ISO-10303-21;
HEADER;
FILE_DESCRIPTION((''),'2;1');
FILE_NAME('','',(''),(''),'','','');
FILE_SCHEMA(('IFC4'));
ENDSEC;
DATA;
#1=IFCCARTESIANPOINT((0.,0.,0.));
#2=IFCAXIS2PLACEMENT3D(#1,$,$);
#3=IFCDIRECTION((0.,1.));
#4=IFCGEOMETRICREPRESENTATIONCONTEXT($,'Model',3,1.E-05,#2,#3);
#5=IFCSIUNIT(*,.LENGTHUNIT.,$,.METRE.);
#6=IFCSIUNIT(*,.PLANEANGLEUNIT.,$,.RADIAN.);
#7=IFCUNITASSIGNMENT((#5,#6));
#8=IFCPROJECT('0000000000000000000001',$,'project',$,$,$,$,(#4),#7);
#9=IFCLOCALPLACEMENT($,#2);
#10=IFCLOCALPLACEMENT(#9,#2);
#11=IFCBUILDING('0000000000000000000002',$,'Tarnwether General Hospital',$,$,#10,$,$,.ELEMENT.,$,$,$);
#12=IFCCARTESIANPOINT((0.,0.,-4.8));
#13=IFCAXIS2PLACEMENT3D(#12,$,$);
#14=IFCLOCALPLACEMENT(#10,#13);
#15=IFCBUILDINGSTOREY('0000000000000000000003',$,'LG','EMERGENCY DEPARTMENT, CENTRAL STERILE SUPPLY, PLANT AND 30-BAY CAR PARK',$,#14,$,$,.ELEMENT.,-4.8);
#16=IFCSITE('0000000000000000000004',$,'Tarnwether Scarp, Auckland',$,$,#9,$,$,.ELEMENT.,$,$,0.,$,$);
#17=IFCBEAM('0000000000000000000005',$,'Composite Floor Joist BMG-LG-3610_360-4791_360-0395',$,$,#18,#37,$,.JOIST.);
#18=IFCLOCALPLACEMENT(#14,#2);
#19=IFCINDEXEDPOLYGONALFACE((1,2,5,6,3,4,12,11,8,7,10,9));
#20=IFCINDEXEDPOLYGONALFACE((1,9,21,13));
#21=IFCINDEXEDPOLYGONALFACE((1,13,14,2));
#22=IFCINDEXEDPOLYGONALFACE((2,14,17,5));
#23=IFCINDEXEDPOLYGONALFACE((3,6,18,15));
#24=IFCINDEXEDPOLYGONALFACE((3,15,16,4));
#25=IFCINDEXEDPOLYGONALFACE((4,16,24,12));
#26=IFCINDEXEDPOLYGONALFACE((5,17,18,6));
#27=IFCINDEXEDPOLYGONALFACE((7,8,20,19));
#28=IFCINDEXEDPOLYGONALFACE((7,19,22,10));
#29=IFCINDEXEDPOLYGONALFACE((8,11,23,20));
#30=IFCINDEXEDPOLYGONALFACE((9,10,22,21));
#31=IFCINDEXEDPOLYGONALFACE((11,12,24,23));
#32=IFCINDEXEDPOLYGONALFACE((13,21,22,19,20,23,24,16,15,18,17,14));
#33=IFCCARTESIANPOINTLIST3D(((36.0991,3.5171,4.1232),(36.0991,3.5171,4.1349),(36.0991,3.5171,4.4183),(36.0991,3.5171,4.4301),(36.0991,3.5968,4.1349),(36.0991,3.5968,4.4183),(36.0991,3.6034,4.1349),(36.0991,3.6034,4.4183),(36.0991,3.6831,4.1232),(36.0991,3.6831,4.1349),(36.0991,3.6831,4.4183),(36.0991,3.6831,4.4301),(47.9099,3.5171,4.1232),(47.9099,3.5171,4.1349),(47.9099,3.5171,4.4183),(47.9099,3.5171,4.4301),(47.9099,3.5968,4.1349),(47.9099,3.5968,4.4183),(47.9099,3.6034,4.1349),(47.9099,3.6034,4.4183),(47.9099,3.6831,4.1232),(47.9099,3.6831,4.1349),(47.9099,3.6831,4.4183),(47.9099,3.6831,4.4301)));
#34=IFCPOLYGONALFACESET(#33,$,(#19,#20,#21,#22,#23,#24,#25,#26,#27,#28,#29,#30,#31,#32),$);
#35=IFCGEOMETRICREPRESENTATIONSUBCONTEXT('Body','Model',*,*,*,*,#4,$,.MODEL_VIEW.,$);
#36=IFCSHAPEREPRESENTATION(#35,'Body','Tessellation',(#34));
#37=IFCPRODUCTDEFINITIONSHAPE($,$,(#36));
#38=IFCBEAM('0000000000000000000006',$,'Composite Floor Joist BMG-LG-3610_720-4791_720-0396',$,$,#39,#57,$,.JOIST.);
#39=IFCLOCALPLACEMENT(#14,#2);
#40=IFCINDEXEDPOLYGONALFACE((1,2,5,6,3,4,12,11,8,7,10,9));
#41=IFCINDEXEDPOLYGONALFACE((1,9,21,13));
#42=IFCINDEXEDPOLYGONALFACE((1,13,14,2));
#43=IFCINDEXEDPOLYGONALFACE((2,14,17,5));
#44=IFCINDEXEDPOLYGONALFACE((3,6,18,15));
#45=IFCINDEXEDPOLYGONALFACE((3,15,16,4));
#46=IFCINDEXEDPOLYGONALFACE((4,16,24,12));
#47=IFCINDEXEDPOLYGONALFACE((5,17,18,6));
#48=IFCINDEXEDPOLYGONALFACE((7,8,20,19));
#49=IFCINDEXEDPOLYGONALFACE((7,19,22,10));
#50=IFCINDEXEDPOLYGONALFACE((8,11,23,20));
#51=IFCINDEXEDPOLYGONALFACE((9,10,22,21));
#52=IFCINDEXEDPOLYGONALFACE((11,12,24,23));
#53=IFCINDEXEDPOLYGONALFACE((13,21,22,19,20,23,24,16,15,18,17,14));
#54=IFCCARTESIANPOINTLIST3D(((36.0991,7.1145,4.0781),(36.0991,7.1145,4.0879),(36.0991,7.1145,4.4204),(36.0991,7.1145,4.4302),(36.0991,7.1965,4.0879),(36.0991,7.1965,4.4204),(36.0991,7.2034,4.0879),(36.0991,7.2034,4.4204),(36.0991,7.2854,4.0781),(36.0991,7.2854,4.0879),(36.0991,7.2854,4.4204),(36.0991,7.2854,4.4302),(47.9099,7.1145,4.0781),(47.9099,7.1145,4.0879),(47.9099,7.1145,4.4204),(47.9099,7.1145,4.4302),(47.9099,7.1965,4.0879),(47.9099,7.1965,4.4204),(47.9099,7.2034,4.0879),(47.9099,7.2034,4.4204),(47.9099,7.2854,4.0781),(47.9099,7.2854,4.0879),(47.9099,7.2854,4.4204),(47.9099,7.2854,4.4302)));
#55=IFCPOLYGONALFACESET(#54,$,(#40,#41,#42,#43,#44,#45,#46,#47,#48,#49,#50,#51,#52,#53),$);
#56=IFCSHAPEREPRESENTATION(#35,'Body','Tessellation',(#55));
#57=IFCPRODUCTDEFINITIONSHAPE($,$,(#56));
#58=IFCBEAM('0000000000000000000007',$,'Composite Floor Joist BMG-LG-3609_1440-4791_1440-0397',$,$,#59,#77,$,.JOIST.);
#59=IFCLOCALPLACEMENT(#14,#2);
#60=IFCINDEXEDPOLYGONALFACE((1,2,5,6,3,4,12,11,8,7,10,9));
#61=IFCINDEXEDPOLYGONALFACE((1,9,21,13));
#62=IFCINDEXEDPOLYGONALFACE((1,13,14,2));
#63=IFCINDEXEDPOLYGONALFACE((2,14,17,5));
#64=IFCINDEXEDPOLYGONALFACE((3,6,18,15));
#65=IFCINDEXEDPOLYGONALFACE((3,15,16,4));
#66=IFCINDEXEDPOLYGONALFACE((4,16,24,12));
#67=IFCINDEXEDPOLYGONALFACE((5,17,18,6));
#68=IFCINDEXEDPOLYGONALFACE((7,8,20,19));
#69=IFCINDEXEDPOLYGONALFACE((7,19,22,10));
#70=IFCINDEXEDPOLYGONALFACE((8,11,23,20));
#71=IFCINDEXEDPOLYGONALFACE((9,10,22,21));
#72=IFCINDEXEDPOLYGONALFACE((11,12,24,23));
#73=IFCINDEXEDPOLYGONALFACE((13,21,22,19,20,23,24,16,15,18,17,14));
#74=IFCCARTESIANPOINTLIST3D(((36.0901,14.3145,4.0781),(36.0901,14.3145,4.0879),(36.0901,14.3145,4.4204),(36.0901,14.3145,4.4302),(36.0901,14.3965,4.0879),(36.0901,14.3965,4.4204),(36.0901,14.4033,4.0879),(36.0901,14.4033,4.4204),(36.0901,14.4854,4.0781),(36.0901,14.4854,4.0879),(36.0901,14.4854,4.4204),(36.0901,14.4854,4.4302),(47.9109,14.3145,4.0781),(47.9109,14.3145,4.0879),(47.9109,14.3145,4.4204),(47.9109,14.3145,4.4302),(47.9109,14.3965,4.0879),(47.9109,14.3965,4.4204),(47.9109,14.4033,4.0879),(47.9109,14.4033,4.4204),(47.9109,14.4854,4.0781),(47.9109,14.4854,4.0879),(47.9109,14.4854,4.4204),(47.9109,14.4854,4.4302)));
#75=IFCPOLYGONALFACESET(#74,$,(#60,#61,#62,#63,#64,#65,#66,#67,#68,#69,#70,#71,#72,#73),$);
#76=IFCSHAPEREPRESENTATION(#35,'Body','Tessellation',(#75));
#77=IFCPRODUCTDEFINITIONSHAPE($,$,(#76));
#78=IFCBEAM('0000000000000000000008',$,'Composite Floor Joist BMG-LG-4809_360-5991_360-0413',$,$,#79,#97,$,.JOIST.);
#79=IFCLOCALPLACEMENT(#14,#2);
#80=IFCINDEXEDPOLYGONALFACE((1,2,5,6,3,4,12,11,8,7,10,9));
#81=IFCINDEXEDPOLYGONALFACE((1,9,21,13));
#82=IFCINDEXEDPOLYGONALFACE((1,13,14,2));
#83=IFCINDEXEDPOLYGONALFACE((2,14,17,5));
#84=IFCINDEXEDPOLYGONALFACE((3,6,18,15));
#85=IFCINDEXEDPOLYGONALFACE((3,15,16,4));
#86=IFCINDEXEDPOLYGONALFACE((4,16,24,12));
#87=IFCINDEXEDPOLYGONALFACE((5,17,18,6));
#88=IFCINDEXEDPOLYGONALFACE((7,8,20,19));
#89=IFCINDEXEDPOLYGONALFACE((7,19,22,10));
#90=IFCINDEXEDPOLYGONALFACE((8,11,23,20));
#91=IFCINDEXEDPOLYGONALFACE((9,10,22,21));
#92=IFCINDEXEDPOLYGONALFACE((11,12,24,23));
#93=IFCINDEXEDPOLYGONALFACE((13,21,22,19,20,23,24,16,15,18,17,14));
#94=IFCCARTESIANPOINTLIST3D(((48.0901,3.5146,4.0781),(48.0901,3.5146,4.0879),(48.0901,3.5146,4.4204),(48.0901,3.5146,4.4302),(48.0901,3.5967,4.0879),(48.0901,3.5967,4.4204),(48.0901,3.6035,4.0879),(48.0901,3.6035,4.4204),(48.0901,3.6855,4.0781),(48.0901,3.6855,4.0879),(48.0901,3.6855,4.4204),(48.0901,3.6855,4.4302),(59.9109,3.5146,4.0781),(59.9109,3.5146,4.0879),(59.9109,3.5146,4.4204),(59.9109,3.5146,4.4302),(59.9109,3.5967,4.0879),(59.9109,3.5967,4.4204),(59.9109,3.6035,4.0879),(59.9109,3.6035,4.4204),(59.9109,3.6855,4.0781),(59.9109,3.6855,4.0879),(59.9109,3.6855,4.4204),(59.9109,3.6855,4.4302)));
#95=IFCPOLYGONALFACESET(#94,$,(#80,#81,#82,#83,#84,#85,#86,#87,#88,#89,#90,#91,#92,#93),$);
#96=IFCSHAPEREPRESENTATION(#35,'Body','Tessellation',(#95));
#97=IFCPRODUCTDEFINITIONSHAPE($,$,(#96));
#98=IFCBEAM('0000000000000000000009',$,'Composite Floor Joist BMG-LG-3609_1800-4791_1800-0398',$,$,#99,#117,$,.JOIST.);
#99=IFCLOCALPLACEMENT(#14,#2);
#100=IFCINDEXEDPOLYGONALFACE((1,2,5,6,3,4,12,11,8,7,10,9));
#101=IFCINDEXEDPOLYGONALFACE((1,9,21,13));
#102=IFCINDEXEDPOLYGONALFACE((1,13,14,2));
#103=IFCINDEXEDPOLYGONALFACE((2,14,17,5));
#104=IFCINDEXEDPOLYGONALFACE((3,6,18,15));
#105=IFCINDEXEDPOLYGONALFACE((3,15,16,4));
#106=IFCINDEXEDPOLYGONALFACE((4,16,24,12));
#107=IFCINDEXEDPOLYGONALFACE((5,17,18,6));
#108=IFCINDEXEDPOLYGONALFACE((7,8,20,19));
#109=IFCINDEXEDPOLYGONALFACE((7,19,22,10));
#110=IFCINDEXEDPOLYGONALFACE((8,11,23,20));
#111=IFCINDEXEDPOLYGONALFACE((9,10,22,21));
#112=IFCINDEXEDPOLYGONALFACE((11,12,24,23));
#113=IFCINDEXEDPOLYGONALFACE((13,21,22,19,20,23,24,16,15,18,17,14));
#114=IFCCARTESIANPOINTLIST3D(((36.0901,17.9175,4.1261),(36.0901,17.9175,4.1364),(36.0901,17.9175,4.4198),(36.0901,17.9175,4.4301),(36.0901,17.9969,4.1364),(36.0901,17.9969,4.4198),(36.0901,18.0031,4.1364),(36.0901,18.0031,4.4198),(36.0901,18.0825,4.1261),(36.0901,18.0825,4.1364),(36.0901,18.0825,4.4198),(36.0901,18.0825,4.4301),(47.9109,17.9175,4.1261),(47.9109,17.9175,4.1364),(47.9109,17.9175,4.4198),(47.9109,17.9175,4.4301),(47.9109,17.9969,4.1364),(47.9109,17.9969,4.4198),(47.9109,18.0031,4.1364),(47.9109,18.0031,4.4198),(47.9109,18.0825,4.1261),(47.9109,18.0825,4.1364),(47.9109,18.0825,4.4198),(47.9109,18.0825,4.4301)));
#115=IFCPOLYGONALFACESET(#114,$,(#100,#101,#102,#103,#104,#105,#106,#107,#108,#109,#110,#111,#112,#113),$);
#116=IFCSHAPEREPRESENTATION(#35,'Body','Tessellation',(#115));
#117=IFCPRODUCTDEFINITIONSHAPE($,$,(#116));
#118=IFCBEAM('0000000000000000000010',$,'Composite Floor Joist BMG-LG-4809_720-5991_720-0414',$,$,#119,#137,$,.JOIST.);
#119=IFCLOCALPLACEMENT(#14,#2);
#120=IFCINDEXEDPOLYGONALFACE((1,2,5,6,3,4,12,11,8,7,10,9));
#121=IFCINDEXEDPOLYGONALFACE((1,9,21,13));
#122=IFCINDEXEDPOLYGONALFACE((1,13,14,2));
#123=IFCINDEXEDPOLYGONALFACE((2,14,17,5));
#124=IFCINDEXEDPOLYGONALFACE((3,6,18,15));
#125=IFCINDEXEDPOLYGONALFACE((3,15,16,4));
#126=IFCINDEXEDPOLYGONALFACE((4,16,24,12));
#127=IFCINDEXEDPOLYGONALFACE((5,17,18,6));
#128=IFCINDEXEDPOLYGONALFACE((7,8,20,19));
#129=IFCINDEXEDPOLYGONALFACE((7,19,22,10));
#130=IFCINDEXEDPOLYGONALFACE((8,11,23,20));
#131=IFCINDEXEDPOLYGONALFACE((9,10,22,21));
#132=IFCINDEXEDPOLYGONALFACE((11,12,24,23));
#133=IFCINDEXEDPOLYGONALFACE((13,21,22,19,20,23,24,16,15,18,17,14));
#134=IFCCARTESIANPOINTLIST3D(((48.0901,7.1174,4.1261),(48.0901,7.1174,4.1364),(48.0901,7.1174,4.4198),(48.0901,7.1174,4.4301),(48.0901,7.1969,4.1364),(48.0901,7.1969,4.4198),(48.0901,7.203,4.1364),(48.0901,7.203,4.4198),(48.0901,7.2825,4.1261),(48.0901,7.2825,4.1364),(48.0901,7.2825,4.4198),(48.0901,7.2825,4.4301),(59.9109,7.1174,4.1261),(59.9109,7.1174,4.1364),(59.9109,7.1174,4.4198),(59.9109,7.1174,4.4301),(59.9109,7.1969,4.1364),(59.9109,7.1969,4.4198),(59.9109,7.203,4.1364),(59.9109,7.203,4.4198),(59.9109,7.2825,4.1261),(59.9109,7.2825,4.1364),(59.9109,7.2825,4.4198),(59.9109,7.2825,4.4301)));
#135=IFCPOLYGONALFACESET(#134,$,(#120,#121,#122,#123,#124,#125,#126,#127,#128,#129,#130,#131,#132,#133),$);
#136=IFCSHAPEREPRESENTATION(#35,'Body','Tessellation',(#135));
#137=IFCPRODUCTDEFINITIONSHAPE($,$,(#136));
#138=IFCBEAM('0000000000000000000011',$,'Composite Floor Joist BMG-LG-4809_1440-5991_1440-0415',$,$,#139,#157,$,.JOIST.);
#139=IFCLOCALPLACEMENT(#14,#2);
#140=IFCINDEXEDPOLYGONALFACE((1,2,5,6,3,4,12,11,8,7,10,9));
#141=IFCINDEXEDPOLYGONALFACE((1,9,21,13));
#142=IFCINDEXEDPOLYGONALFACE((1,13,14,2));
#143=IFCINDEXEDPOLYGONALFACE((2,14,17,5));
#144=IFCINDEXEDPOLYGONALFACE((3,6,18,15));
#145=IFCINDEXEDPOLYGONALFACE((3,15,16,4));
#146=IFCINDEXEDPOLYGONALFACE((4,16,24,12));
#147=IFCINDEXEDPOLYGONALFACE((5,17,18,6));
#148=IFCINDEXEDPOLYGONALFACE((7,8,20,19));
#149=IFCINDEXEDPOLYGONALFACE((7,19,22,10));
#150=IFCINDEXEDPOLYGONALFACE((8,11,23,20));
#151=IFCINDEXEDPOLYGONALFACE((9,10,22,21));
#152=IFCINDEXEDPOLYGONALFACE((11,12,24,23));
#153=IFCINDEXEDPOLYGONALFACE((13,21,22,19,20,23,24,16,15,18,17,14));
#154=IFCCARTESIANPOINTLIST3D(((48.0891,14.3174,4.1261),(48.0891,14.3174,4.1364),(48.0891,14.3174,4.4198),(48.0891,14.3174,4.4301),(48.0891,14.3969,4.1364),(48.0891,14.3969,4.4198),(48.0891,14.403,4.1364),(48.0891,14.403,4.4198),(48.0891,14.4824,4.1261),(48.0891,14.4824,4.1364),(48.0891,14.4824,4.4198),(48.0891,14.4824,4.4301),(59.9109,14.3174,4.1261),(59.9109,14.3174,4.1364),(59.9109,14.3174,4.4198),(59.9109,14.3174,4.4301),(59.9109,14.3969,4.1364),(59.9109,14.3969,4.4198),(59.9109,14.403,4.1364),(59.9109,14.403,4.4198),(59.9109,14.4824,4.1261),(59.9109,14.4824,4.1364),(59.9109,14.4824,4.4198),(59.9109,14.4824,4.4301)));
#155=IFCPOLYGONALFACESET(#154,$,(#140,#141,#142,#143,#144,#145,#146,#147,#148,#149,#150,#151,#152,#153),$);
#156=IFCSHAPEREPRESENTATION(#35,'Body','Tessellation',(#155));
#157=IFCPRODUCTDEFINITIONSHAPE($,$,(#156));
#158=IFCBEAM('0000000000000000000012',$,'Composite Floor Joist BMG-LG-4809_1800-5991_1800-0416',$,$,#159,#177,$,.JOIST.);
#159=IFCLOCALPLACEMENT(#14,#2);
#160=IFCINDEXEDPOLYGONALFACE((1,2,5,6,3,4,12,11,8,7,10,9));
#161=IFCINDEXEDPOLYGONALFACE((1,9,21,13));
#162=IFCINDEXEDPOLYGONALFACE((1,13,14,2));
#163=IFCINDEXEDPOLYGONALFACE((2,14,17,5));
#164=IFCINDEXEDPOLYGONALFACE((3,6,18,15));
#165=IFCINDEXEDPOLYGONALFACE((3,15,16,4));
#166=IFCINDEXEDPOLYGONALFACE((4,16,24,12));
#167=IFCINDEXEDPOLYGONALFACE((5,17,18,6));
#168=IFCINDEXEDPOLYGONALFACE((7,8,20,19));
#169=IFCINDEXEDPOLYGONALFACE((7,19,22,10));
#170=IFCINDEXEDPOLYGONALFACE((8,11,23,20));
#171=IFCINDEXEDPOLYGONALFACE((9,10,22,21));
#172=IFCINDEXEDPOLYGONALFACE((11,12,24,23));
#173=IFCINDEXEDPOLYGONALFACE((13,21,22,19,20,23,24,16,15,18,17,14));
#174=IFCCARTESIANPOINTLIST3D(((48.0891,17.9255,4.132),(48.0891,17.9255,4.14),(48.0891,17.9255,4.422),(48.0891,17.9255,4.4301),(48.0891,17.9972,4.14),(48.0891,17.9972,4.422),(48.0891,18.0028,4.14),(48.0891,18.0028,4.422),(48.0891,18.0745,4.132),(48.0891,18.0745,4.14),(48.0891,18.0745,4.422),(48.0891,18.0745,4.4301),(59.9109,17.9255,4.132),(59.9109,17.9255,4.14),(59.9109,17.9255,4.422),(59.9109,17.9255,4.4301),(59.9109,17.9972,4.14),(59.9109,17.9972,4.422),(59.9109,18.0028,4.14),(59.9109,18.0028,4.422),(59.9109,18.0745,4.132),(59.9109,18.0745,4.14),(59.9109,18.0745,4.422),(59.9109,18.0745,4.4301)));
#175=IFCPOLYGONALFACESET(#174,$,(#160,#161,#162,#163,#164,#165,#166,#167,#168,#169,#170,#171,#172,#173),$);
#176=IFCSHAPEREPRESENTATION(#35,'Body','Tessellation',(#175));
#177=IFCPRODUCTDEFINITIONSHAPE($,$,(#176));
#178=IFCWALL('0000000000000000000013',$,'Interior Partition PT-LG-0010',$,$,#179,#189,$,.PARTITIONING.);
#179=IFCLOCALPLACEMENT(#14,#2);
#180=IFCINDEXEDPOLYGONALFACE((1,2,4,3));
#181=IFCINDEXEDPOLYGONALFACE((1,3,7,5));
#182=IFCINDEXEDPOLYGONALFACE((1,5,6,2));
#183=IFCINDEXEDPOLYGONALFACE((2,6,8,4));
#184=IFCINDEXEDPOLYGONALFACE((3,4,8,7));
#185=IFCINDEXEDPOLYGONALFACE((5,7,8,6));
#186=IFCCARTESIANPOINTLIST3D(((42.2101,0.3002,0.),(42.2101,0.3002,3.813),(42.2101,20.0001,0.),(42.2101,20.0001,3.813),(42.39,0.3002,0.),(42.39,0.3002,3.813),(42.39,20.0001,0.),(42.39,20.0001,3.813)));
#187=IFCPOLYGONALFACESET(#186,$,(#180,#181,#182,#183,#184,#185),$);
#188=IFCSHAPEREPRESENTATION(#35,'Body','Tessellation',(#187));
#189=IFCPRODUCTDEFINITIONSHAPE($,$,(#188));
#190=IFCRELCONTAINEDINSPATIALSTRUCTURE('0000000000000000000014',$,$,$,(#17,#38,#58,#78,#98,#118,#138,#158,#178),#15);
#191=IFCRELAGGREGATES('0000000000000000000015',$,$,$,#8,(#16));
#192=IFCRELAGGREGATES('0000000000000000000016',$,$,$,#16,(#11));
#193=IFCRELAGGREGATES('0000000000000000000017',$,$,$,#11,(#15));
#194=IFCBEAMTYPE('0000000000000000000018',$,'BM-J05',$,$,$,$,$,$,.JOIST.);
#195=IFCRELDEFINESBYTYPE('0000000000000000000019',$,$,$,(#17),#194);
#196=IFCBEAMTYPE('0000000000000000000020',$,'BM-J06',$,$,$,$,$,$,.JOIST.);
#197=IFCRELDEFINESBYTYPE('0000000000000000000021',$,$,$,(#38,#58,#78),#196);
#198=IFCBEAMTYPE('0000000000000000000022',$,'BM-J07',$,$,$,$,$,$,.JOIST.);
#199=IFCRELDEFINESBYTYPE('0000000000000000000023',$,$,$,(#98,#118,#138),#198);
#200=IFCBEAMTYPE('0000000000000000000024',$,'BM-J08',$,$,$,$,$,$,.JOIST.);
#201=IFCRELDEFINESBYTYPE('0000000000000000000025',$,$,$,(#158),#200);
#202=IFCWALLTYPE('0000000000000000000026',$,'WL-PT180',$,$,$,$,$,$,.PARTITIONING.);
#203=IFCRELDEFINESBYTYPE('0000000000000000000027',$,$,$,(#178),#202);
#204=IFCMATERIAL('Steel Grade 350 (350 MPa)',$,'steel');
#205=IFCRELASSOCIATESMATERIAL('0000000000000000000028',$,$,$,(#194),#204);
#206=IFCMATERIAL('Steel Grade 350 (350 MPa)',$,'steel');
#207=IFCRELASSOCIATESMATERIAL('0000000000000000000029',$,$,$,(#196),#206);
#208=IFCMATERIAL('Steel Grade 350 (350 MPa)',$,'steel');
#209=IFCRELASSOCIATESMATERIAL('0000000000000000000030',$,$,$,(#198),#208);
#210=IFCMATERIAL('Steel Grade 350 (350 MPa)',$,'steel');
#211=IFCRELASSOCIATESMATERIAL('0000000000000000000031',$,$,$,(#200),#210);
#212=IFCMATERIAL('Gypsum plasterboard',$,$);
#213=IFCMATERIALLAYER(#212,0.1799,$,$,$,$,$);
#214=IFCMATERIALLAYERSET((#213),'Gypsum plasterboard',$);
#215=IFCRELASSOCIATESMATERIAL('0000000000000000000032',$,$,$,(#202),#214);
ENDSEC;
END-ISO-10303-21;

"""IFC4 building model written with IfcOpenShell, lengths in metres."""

from ifc_helpers import new_model, si_unit, direction, frame, frame_2d, origin, origin_2d, place, context, subcontext, project, spatial, rectangle, i_section, extrude, material, layer, layer_set, material_profile, profile_set, type_object, element, save


model = new_model("IFC4")

# Units and contexts
model_context = context("Model", 3, precision=1e-05, world=origin(), true_north=direction((0.0, 1.0)))
body_context = subcontext(model_context, "Body", "Model", "MODEL_VIEW")
ifc_project = project(units=[si_unit("LENGTHUNIT", "METRE"), si_unit("PLANEANGLEUNIT", "RADIAN")], contexts=[model_context])

# Site, building, storey
site_placement = place(None, origin())
site = spatial("IfcSite", under=ifc_project, at=site_placement, Name="Tarnwether Scarp, Auckland", CompositionType="ELEMENT", RefElevation=0.0)
building_placement = place(site_placement, origin())
building = spatial("IfcBuilding", under=site, at=building_placement, Name="Tarnwether General Hospital", CompositionType="ELEMENT")
storey_placement = place(building_placement, frame((0.0, 0.0, -4.8)))
storey = spatial("IfcBuildingStorey", under=building, at=storey_placement, Name="LG", Description="EMERGENCY DEPARTMENT, CENTRAL STERILE SUPPLY, PLANT AND 30-BAY CAR PARK", CompositionType="ELEMENT", Elevation=-4.8)

# Beams
ifc_material_1 = material(Name="Steel Grade 350 (350 MPa)", Category="steel")
ifc_material_profile_1 = material_profile(ifc_material_1, i_section(OverallWidth=0.166, OverallDepth=0.3069, WebThickness=0.0066, FlangeThickness=0.0117, at=origin_2d()), Name="310UB46.2")
ifc_profile_set_1 = profile_set([ifc_material_profile_1], Name="Steel Grade 350 (350 MPa)")
beam_type_1 = type_object("IfcBeamType", Name="BM-J05", PredefinedType="JOIST", material=ifc_profile_set_1)
beam_1_placement = place(storey_placement, frame((36.0991, 3.6001, 4.2766), z_axis=(1.0, 0.0, 0.0), x_axis=(0.0, 1.0, 0.0)))
element("IfcBeam", 1, at=beam_1_placement, inside=storey, type_object=beam_type_1, Name="Composite Floor Joist BMG-LG-3610_360-4791_360-0395", PredefinedType="JOIST", context=body_context, shape_type="SweptSolid", body=[
    extrude(i_section(OverallWidth=0.166, OverallDepth=0.3069, WebThickness=0.0066, FlangeThickness=0.0117, at=origin_2d()), origin(), (0.0, 0.0, 1.0), 11.8108),
])
ifc_material_2 = material(Name="Steel Grade 350 (350 MPa)", Category="steel")
ifc_material_profile_2 = material_profile(ifc_material_2, i_section(OverallWidth=0.1709, OverallDepth=0.3521, WebThickness=0.0068, FlangeThickness=0.0098, at=origin_2d()), Name="360UB44.7")
ifc_profile_set_2 = profile_set([ifc_material_profile_2], Name="Steel Grade 350 (350 MPa)")
beam_type_2 = type_object("IfcBeamType", Name="BM-J06", PredefinedType="JOIST", material=ifc_profile_set_2)
beam_2_placement = place(storey_placement, frame((36.0991, 7.2, 4.2542), z_axis=(1.0, 0.0, 0.0), x_axis=(0.0, 1.0, 0.0)))
element("IfcBeam", 2, at=beam_2_placement, inside=storey, type_object=beam_type_2, Name="Composite Floor Joist BMG-LG-3610_720-4791_720-0396", PredefinedType="JOIST", context=body_context, shape_type="SweptSolid", body=[
    extrude(i_section(OverallWidth=0.1709, OverallDepth=0.3521, WebThickness=0.0068, FlangeThickness=0.0098, at=origin_2d()), origin(), (0.0, 0.0, 1.0), 11.8108),
])
for number, where, z_axis, x_axis, name in (
    (3, (36.0901, 14.3999, 4.2542), (1.0, 0.0, 0.0), (0.0, 1.0, 0.0), "Composite Floor Joist BMG-LG-3609_1440-4791_1440-0397"),
    (4, (48.0901, 3.6001, 4.2542), (1.0, 0.0, 0.0), (0.0, 1.0, 0.0), "Composite Floor Joist BMG-LG-4809_360-5991_360-0413"),
):
    element("IfcBeam", number, at=place(storey_placement, frame(where, z_axis=z_axis, x_axis=x_axis)), inside=storey, type_object=beam_type_2, Name=name, PredefinedType="JOIST", context=body_context, shape_type="SweptSolid", body=[
        extrude(i_section(OverallWidth=0.1709, OverallDepth=0.3521, WebThickness=0.0068, FlangeThickness=0.0098, at=origin_2d()), origin(), (0.0, 0.0, 1.0), 11.8208),
    ])
ifc_material_3 = material(Name="Steel Grade 350 (350 MPa)", Category="steel")
ifc_material_profile_3 = material_profile(ifc_material_3, i_section(OverallWidth=0.165, OverallDepth=0.304, WebThickness=0.0061, FlangeThickness=0.0103, at=origin_2d()), Name="310UB40.4")
ifc_profile_set_3 = profile_set([ifc_material_profile_3], Name="Steel Grade 350 (350 MPa)")
beam_type_3 = type_object("IfcBeamType", Name="BM-J07", PredefinedType="JOIST", material=ifc_profile_set_3)
for number, where, z_axis, x_axis, name in (
    (5, (36.0901, 18.0, 4.2781), (1.0, 0.0, 0.0), (0.0, 1.0, 0.0), "Composite Floor Joist BMG-LG-3609_1800-4791_1800-0398"),
    (6, (48.0901, 7.2, 4.2781), (1.0, 0.0, 0.0), (0.0, 1.0, 0.0), "Composite Floor Joist BMG-LG-4809_720-5991_720-0414"),
):
    element("IfcBeam", number, at=place(storey_placement, frame(where, z_axis=z_axis, x_axis=x_axis)), inside=storey, type_object=beam_type_3, Name=name, PredefinedType="JOIST", context=body_context, shape_type="SweptSolid", body=[
        extrude(i_section(OverallWidth=0.165, OverallDepth=0.304, WebThickness=0.0061, FlangeThickness=0.0103, at=origin_2d()), origin(), (0.0, 0.0, 1.0), 11.8208),
    ])
beam_3_placement = place(storey_placement, frame((48.0891, 14.3999, 4.2781), z_axis=(1.0, 0.0, 0.0), x_axis=(0.0, 1.0, 0.0)))
element("IfcBeam", 7, at=beam_3_placement, inside=storey, type_object=beam_type_3, Name="Composite Floor Joist BMG-LG-4809_1440-5991_1440-0415", PredefinedType="JOIST", context=body_context, shape_type="SweptSolid", body=[
    extrude(i_section(OverallWidth=0.165, OverallDepth=0.304, WebThickness=0.0061, FlangeThickness=0.0103, at=origin_2d()), origin(), (0.0, 0.0, 1.0), 11.8218),
])
ifc_material_4 = material(Name="Steel Grade 350 (350 MPa)", Category="steel")
ifc_material_profile_4 = material_profile(ifc_material_4, i_section(OverallWidth=0.1489, OverallDepth=0.2981, WebThickness=0.0056, FlangeThickness=0.0081, at=origin_2d()), Name="310UB32.0")
ifc_profile_set_4 = profile_set([ifc_material_profile_4], Name="Steel Grade 350 (350 MPa)")
beam_type_4 = type_object("IfcBeamType", Name="BM-J08", PredefinedType="JOIST", material=ifc_profile_set_4)
beam_4_placement = place(storey_placement, frame((48.0891, 18.0, 4.281), z_axis=(1.0, 0.0, 0.0), x_axis=(0.0, 1.0, 0.0)))
element("IfcBeam", 8, at=beam_4_placement, inside=storey, type_object=beam_type_4, Name="Composite Floor Joist BMG-LG-4809_1800-5991_1800-0416", PredefinedType="JOIST", context=body_context, shape_type="SweptSolid", body=[
    extrude(i_section(OverallWidth=0.1489, OverallDepth=0.2981, WebThickness=0.0056, FlangeThickness=0.0081, at=origin_2d()), origin(), (0.0, 0.0, 1.0), 11.8218),
])

# Wall
ifc_material_5 = material(Name="Gypsum plasterboard")
ifc_layer = layer(ifc_material_5, 0.1799)
ifc_layer_set = layer_set([ifc_layer], Name="Gypsum plasterboard")
wall_type = type_object("IfcWallType", Name="WL-PT180", PredefinedType="PARTITIONING", material=ifc_layer_set)
wall_placement = place(storey_placement, frame((42.3, 0.3, 0.0), z_axis=(0.0, 0.0, 1.0), x_axis=(0.0, 1.0, 0.0)))
element("IfcWall", 9, at=wall_placement, inside=storey, type_object=wall_type, Name="Interior Partition PT-LG-0010", PredefinedType="PARTITIONING", context=body_context, shape_type="SweptSolid", body=[
    extrude(rectangle(XDim=19.7, YDim=0.1799, at=frame_2d((9.8501, 0.0))), origin(), (0.0, 0.0, 1.0), 3.813),
])

save(model, "model.ifc")
